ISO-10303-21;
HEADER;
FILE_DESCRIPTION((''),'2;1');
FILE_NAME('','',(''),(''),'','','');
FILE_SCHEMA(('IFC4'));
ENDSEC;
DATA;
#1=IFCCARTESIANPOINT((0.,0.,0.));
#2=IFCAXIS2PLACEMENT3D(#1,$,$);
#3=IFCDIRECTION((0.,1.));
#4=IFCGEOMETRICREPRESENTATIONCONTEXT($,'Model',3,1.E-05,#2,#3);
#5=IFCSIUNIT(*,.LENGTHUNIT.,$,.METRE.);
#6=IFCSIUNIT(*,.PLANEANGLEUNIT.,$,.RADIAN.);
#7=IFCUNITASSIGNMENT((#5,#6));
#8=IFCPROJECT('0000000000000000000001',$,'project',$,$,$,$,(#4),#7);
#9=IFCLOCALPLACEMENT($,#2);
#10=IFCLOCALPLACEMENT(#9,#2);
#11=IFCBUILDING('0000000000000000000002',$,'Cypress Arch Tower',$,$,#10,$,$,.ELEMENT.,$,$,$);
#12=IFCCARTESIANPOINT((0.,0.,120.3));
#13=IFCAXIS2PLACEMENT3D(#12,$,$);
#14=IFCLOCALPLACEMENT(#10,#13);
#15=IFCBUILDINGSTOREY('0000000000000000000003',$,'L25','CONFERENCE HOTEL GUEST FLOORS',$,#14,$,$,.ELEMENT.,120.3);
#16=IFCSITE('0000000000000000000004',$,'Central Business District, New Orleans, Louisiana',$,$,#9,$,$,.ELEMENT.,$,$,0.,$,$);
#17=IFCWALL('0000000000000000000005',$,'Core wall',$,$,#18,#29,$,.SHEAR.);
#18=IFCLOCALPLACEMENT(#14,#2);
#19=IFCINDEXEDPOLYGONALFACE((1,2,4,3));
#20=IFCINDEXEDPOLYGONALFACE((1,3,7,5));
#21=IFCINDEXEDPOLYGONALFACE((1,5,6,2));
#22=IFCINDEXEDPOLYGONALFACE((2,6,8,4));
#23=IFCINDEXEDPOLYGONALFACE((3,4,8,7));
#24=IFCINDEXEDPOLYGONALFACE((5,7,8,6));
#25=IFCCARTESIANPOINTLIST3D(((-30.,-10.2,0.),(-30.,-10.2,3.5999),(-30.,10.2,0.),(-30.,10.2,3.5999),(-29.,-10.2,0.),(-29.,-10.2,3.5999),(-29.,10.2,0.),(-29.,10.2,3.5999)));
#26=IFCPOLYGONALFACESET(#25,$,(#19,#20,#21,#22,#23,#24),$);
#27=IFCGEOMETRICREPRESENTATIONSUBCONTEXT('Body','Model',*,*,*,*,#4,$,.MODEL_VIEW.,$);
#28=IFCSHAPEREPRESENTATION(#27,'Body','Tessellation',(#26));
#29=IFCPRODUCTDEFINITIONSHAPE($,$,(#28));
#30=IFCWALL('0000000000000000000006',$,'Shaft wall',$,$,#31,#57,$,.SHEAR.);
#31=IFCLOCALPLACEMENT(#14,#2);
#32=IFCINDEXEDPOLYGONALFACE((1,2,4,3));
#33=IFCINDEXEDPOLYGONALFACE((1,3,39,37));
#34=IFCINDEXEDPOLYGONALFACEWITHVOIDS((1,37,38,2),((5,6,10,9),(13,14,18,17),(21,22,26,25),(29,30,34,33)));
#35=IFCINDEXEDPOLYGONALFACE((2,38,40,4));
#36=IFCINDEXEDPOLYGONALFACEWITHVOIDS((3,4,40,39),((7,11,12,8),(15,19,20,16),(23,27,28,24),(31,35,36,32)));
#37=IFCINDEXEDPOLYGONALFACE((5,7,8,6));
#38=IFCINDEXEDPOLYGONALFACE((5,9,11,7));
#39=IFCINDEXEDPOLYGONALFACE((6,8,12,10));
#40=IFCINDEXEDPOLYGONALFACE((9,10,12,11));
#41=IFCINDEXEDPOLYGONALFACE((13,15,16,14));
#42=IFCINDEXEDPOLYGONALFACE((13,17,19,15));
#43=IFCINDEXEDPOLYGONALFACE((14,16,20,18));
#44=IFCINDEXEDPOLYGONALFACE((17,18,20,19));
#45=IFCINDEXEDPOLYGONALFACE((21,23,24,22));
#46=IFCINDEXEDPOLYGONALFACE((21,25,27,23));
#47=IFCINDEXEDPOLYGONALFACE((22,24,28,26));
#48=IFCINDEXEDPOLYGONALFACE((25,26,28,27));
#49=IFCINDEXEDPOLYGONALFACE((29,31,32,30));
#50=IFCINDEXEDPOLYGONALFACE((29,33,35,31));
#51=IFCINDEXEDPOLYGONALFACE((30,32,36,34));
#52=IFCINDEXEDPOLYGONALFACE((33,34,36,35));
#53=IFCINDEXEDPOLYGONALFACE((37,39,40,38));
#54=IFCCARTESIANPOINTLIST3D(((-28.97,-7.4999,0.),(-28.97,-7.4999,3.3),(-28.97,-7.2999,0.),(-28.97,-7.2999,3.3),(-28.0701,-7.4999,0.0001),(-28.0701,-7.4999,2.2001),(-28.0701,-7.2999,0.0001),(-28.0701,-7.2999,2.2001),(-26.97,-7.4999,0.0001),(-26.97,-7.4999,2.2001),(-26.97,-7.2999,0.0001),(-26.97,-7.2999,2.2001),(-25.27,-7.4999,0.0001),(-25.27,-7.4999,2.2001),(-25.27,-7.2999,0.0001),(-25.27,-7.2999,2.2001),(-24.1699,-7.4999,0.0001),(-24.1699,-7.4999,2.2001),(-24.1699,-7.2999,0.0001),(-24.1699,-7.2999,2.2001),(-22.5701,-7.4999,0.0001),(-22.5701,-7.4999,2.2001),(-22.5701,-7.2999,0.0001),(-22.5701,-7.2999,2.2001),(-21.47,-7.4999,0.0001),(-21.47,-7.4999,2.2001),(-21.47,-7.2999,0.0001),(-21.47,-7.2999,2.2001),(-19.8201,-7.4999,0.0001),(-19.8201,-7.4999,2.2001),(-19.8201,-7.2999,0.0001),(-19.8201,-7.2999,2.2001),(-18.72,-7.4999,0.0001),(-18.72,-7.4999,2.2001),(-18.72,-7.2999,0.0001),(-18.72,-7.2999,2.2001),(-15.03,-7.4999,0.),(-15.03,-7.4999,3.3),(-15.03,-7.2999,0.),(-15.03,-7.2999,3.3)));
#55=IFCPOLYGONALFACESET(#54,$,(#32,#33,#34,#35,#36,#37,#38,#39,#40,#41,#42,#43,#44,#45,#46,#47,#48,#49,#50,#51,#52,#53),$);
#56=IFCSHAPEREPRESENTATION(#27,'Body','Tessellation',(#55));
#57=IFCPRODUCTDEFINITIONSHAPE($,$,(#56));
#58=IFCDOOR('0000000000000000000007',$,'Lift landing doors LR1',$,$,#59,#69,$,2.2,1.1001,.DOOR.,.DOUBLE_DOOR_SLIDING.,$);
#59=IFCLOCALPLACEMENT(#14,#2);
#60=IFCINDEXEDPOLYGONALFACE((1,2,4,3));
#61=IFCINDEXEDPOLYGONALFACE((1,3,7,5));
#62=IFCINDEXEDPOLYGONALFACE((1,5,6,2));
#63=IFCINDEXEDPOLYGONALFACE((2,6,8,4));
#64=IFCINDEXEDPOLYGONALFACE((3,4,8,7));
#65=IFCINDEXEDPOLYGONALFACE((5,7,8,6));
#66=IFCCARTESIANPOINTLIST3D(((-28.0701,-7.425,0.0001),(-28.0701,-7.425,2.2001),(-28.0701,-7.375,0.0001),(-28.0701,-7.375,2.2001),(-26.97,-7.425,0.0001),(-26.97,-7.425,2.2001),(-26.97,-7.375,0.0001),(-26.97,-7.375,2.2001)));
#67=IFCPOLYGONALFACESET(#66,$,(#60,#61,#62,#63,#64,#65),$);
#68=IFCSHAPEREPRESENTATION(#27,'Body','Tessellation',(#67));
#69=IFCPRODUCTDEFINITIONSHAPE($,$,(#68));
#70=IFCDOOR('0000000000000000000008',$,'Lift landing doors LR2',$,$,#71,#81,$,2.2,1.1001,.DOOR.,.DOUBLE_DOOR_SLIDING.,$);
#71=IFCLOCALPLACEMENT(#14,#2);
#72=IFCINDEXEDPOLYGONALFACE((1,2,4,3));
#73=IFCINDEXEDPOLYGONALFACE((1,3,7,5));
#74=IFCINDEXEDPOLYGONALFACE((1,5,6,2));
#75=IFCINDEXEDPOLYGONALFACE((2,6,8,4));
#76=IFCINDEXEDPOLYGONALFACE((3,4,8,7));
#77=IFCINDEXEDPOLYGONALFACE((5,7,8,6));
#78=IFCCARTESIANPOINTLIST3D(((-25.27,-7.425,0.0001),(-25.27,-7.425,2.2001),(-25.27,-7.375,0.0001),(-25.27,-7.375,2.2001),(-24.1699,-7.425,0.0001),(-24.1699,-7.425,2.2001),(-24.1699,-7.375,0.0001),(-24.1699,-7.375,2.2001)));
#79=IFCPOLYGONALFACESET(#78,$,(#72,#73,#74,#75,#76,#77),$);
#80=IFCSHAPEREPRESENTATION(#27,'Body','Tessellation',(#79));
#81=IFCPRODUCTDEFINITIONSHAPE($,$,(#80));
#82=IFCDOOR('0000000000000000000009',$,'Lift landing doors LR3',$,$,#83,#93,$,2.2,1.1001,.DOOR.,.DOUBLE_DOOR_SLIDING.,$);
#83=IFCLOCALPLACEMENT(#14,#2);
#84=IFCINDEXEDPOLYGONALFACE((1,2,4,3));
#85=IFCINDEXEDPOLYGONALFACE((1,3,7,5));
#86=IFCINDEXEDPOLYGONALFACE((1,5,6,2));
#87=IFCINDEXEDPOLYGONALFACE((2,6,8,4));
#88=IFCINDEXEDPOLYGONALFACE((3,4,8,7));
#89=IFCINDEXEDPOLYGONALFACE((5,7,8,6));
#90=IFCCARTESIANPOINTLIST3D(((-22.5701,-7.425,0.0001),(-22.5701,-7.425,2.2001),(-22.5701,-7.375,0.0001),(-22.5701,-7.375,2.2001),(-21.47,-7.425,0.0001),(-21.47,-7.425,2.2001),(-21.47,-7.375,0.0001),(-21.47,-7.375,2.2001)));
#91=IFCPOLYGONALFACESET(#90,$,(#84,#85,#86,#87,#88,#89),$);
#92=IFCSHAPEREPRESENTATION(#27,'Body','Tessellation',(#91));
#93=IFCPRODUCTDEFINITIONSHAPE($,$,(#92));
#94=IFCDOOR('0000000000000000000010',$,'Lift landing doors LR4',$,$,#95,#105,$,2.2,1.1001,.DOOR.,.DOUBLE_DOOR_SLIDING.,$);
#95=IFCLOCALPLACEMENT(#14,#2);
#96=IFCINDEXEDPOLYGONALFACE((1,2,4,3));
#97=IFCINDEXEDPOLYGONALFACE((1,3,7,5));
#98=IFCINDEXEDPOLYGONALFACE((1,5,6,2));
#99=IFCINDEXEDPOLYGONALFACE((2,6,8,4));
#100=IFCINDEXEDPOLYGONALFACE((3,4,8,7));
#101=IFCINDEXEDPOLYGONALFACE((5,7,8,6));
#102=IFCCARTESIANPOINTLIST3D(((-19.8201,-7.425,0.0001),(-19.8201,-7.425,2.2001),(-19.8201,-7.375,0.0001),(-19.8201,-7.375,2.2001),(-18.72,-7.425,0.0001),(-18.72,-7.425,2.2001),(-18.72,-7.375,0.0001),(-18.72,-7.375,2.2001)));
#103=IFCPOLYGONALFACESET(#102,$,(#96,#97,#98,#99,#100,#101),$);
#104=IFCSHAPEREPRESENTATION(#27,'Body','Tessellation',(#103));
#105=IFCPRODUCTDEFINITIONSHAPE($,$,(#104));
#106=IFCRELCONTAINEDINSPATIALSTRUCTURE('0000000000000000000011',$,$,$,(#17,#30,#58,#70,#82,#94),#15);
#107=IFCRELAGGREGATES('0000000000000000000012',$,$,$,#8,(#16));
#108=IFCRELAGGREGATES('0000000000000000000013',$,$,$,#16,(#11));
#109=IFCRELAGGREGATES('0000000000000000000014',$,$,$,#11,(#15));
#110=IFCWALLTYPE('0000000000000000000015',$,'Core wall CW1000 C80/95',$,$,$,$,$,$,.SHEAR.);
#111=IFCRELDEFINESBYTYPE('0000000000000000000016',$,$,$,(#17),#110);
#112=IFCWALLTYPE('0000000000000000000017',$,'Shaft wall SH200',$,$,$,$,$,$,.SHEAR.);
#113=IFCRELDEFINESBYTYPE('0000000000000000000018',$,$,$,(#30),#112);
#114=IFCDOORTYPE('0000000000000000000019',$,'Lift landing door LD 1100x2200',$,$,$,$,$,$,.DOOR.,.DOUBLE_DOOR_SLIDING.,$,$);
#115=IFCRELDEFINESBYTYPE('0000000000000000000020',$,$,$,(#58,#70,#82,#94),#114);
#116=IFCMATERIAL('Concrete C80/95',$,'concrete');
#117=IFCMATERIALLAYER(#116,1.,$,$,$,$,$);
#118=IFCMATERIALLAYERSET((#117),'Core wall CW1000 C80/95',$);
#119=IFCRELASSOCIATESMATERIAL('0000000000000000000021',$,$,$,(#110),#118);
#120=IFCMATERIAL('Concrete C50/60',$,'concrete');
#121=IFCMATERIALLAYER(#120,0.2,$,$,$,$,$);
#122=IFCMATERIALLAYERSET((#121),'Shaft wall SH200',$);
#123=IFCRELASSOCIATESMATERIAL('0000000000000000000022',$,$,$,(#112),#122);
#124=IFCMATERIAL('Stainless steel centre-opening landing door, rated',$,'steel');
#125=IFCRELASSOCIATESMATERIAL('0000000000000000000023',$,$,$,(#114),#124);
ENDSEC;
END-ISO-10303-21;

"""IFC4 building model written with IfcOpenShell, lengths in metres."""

from ifc_helpers import new_model, si_unit, direction, frame, frame_2d, origin, place, context, subcontext, project, spatial, rectangle, extrude, material, layer, layer_set, type_object, element, fill, save


model = new_model("IFC4")

# Units and contexts
model_context = context("Model", 3, precision=1e-05, world=origin(), true_north=direction((0.0, 1.0)))
body_context = subcontext(model_context, "Body", "Model", "MODEL_VIEW")
ifc_project = project(units=[si_unit("LENGTHUNIT", "METRE"), si_unit("PLANEANGLEUNIT", "RADIAN")], contexts=[model_context])

# Site, building, storey
site_placement = place(None, origin())
site = spatial("IfcSite", under=ifc_project, at=site_placement, Name="Central Business District, New Orleans, Louisiana", CompositionType="ELEMENT", RefElevation=0.0)
building_placement = place(site_placement, origin())
building = spatial("IfcBuilding", under=site, at=building_placement, Name="Cypress Arch Tower", CompositionType="ELEMENT")
storey_placement = place(building_placement, frame((0.0, 0.0, 120.3)))
storey = spatial("IfcBuildingStorey", under=building, at=storey_placement, Name="L25", Description="CONFERENCE HOTEL GUEST FLOORS", CompositionType="ELEMENT", Elevation=120.3)

# Wall
ifc_material_1 = material(Name="Concrete C80/95", Category="concrete")
ifc_layer_1 = layer(ifc_material_1, 1.0)
ifc_layer_set_1 = layer_set([ifc_layer_1], Name="Core wall CW1000 C80/95")
wall_type_1 = type_object("IfcWallType", Name="Core wall CW1000 C80/95", PredefinedType="SHEAR", material=ifc_layer_set_1)
wall_1_placement = place(storey_placement, frame((-29.5, -10.2, 0.0), z_axis=(0.0, 0.0, 1.0), x_axis=(0.0, 1.0, 0.0)))
element("IfcWall", 1, at=wall_1_placement, inside=storey, type_object=wall_type_1, Name="Core wall", PredefinedType="SHEAR", context=body_context, shape_type="SweptSolid", body=[
    extrude(rectangle(XDim=20.3999, YDim=1.0, at=frame_2d((10.2, 0.0))), origin(), (0.0, 0.0, 1.0), 3.5999),
])

# Wall, openings, doors
ifc_material_2 = material(Name="Concrete C50/60", Category="concrete")
ifc_layer_2 = layer(ifc_material_2, 0.2)
ifc_layer_set_2 = layer_set([ifc_layer_2], Name="Shaft wall SH200")
wall_type_2 = type_object("IfcWallType", Name="Shaft wall SH200", PredefinedType="SHEAR", material=ifc_layer_set_2)
wall_2_placement = place(storey_placement, frame((-28.97, -7.3999, 0.0), z_axis=(0.0, 0.0, 1.0), x_axis=(1.0, 0.0, 0.0)))
wall_2 = element("IfcWall", 2, at=wall_2_placement, inside=storey, type_object=wall_type_2, Name="Shaft wall", PredefinedType="SHEAR", context=body_context, shape_type="SweptSolid", body=[
    extrude(rectangle(XDim=13.9399, YDim=0.2, at=frame_2d((6.97, 0.0))), origin(), (0.0, 0.0, 1.0), 3.3),
])
opening_1_placement = place(wall_2_placement, frame((0.8999, 0.0, 0.0)))
opening_1 = element("IfcOpeningElement", 3, at=opening_1_placement, cuts=wall_2, PredefinedType="OPENING", context=body_context, shape_type="SweptSolid", body=[
    extrude(rectangle(XDim=1.1001, YDim=2.2, at=frame_2d((0.55, 1.1001))), frame((0.0, 0.1099, 0.0), z_axis=(0.0, -1.0, 0.0), x_axis=(1.0, 0.0, 0.0)), (0.0, 0.0, 1.0), 0.22),
])
opening_2_placement = place(wall_2_placement, frame((3.7, 0.0, 0.0)))
opening_2 = element("IfcOpeningElement", 4, at=opening_2_placement, cuts=wall_2, PredefinedType="OPENING", context=body_context, shape_type="SweptSolid", body=[
    extrude(rectangle(XDim=1.1001, YDim=2.2, at=frame_2d((0.55, 1.1001))), frame((0.0, 0.1099, 0.0), z_axis=(0.0, -1.0, 0.0), x_axis=(1.0, 0.0, 0.0)), (0.0, 0.0, 1.0), 0.22),
])
opening_3_placement = place(wall_2_placement, frame((6.3999, 0.0, 0.0)))
opening_3 = element("IfcOpeningElement", 5, at=opening_3_placement, cuts=wall_2, PredefinedType="OPENING", context=body_context, shape_type="SweptSolid", body=[
    extrude(rectangle(XDim=1.1001, YDim=2.2, at=frame_2d((0.55, 1.1001))), frame((0.0, 0.1099, 0.0), z_axis=(0.0, -1.0, 0.0), x_axis=(1.0, 0.0, 0.0)), (0.0, 0.0, 1.0), 0.22),
])
opening_4_placement = place(wall_2_placement, frame((9.1499, 0.0, 0.0)))
opening_4 = element("IfcOpeningElement", 6, at=opening_4_placement, cuts=wall_2, PredefinedType="OPENING", context=body_context, shape_type="SweptSolid", body=[
    extrude(rectangle(XDim=1.1001, YDim=2.2, at=frame_2d((0.55, 1.1001))), frame((0.0, 0.1099, 0.0), z_axis=(0.0, -1.0, 0.0), x_axis=(1.0, 0.0, 0.0)), (0.0, 0.0, 1.0), 0.22),
])
ifc_material_3 = material(Name="Stainless steel centre-opening landing door, rated", Category="steel")
door_type = type_object("IfcDoorType", Name="Lift landing door LD 1100x2200", OperationType="DOUBLE_DOOR_SLIDING", PredefinedType="DOOR", material=ifc_material_3)
door_1_placement = place(opening_1_placement, origin())
door_1 = element("IfcDoor", 7, at=door_1_placement, inside=storey, type_object=door_type, Name="Lift landing doors LR1", OperationType="DOUBLE_DOOR_SLIDING", OverallHeight=2.2, OverallWidth=1.1001, PredefinedType="DOOR", context=body_context, shape_type="SweptSolid", body=[
    extrude(rectangle(XDim=1.1001, YDim=2.2, at=frame_2d((0.55, 1.1001))), frame((0.0, 0.0249, 0.0), z_axis=(0.0, -1.0, 0.0), x_axis=(1.0, 0.0, 0.0)), (0.0, 0.0, 1.0), 0.05),
])
fill(opening_1, door_1)
door_2_placement = place(opening_2_placement, origin())
door_2 = element("IfcDoor", 8, at=door_2_placement, inside=storey, type_object=door_type, Name="Lift landing doors LR2", OperationType="DOUBLE_DOOR_SLIDING", OverallHeight=2.2, OverallWidth=1.1001, PredefinedType="DOOR", context=body_context, shape_type="SweptSolid", body=[
    extrude(rectangle(XDim=1.1001, YDim=2.2, at=frame_2d((0.55, 1.1001))), frame((0.0, 0.0249, 0.0), z_axis=(0.0, -1.0, 0.0), x_axis=(1.0, 0.0, 0.0)), (0.0, 0.0, 1.0), 0.05),
])
fill(opening_2, door_2)
door_3_placement = place(opening_3_placement, origin())
door_3 = element("IfcDoor", 9, at=door_3_placement, inside=storey, type_object=door_type, Name="Lift landing doors LR3", OperationType="DOUBLE_DOOR_SLIDING", OverallHeight=2.2, OverallWidth=1.1001, PredefinedType="DOOR", context=body_context, shape_type="SweptSolid", body=[
    extrude(rectangle(XDim=1.1001, YDim=2.2, at=frame_2d((0.55, 1.1001))), frame((0.0, 0.0249, 0.0), z_axis=(0.0, -1.0, 0.0), x_axis=(1.0, 0.0, 0.0)), (0.0, 0.0, 1.0), 0.05),
])
fill(opening_3, door_3)
door_4_placement = place(opening_4_placement, origin())
door_4 = element("IfcDoor", 10, at=door_4_placement, inside=storey, type_object=door_type, Name="Lift landing doors LR4", OperationType="DOUBLE_DOOR_SLIDING", OverallHeight=2.2, OverallWidth=1.1001, PredefinedType="DOOR", context=body_context, shape_type="SweptSolid", body=[
    extrude(rectangle(XDim=1.1001, YDim=2.2, at=frame_2d((0.55, 1.1001))), frame((0.0, 0.0249, 0.0), z_axis=(0.0, -1.0, 0.0), x_axis=(1.0, 0.0, 0.0)), (0.0, 0.0, 1.0), 0.05),
])
fill(opening_4, door_4)

save(model, "model.ifc")
